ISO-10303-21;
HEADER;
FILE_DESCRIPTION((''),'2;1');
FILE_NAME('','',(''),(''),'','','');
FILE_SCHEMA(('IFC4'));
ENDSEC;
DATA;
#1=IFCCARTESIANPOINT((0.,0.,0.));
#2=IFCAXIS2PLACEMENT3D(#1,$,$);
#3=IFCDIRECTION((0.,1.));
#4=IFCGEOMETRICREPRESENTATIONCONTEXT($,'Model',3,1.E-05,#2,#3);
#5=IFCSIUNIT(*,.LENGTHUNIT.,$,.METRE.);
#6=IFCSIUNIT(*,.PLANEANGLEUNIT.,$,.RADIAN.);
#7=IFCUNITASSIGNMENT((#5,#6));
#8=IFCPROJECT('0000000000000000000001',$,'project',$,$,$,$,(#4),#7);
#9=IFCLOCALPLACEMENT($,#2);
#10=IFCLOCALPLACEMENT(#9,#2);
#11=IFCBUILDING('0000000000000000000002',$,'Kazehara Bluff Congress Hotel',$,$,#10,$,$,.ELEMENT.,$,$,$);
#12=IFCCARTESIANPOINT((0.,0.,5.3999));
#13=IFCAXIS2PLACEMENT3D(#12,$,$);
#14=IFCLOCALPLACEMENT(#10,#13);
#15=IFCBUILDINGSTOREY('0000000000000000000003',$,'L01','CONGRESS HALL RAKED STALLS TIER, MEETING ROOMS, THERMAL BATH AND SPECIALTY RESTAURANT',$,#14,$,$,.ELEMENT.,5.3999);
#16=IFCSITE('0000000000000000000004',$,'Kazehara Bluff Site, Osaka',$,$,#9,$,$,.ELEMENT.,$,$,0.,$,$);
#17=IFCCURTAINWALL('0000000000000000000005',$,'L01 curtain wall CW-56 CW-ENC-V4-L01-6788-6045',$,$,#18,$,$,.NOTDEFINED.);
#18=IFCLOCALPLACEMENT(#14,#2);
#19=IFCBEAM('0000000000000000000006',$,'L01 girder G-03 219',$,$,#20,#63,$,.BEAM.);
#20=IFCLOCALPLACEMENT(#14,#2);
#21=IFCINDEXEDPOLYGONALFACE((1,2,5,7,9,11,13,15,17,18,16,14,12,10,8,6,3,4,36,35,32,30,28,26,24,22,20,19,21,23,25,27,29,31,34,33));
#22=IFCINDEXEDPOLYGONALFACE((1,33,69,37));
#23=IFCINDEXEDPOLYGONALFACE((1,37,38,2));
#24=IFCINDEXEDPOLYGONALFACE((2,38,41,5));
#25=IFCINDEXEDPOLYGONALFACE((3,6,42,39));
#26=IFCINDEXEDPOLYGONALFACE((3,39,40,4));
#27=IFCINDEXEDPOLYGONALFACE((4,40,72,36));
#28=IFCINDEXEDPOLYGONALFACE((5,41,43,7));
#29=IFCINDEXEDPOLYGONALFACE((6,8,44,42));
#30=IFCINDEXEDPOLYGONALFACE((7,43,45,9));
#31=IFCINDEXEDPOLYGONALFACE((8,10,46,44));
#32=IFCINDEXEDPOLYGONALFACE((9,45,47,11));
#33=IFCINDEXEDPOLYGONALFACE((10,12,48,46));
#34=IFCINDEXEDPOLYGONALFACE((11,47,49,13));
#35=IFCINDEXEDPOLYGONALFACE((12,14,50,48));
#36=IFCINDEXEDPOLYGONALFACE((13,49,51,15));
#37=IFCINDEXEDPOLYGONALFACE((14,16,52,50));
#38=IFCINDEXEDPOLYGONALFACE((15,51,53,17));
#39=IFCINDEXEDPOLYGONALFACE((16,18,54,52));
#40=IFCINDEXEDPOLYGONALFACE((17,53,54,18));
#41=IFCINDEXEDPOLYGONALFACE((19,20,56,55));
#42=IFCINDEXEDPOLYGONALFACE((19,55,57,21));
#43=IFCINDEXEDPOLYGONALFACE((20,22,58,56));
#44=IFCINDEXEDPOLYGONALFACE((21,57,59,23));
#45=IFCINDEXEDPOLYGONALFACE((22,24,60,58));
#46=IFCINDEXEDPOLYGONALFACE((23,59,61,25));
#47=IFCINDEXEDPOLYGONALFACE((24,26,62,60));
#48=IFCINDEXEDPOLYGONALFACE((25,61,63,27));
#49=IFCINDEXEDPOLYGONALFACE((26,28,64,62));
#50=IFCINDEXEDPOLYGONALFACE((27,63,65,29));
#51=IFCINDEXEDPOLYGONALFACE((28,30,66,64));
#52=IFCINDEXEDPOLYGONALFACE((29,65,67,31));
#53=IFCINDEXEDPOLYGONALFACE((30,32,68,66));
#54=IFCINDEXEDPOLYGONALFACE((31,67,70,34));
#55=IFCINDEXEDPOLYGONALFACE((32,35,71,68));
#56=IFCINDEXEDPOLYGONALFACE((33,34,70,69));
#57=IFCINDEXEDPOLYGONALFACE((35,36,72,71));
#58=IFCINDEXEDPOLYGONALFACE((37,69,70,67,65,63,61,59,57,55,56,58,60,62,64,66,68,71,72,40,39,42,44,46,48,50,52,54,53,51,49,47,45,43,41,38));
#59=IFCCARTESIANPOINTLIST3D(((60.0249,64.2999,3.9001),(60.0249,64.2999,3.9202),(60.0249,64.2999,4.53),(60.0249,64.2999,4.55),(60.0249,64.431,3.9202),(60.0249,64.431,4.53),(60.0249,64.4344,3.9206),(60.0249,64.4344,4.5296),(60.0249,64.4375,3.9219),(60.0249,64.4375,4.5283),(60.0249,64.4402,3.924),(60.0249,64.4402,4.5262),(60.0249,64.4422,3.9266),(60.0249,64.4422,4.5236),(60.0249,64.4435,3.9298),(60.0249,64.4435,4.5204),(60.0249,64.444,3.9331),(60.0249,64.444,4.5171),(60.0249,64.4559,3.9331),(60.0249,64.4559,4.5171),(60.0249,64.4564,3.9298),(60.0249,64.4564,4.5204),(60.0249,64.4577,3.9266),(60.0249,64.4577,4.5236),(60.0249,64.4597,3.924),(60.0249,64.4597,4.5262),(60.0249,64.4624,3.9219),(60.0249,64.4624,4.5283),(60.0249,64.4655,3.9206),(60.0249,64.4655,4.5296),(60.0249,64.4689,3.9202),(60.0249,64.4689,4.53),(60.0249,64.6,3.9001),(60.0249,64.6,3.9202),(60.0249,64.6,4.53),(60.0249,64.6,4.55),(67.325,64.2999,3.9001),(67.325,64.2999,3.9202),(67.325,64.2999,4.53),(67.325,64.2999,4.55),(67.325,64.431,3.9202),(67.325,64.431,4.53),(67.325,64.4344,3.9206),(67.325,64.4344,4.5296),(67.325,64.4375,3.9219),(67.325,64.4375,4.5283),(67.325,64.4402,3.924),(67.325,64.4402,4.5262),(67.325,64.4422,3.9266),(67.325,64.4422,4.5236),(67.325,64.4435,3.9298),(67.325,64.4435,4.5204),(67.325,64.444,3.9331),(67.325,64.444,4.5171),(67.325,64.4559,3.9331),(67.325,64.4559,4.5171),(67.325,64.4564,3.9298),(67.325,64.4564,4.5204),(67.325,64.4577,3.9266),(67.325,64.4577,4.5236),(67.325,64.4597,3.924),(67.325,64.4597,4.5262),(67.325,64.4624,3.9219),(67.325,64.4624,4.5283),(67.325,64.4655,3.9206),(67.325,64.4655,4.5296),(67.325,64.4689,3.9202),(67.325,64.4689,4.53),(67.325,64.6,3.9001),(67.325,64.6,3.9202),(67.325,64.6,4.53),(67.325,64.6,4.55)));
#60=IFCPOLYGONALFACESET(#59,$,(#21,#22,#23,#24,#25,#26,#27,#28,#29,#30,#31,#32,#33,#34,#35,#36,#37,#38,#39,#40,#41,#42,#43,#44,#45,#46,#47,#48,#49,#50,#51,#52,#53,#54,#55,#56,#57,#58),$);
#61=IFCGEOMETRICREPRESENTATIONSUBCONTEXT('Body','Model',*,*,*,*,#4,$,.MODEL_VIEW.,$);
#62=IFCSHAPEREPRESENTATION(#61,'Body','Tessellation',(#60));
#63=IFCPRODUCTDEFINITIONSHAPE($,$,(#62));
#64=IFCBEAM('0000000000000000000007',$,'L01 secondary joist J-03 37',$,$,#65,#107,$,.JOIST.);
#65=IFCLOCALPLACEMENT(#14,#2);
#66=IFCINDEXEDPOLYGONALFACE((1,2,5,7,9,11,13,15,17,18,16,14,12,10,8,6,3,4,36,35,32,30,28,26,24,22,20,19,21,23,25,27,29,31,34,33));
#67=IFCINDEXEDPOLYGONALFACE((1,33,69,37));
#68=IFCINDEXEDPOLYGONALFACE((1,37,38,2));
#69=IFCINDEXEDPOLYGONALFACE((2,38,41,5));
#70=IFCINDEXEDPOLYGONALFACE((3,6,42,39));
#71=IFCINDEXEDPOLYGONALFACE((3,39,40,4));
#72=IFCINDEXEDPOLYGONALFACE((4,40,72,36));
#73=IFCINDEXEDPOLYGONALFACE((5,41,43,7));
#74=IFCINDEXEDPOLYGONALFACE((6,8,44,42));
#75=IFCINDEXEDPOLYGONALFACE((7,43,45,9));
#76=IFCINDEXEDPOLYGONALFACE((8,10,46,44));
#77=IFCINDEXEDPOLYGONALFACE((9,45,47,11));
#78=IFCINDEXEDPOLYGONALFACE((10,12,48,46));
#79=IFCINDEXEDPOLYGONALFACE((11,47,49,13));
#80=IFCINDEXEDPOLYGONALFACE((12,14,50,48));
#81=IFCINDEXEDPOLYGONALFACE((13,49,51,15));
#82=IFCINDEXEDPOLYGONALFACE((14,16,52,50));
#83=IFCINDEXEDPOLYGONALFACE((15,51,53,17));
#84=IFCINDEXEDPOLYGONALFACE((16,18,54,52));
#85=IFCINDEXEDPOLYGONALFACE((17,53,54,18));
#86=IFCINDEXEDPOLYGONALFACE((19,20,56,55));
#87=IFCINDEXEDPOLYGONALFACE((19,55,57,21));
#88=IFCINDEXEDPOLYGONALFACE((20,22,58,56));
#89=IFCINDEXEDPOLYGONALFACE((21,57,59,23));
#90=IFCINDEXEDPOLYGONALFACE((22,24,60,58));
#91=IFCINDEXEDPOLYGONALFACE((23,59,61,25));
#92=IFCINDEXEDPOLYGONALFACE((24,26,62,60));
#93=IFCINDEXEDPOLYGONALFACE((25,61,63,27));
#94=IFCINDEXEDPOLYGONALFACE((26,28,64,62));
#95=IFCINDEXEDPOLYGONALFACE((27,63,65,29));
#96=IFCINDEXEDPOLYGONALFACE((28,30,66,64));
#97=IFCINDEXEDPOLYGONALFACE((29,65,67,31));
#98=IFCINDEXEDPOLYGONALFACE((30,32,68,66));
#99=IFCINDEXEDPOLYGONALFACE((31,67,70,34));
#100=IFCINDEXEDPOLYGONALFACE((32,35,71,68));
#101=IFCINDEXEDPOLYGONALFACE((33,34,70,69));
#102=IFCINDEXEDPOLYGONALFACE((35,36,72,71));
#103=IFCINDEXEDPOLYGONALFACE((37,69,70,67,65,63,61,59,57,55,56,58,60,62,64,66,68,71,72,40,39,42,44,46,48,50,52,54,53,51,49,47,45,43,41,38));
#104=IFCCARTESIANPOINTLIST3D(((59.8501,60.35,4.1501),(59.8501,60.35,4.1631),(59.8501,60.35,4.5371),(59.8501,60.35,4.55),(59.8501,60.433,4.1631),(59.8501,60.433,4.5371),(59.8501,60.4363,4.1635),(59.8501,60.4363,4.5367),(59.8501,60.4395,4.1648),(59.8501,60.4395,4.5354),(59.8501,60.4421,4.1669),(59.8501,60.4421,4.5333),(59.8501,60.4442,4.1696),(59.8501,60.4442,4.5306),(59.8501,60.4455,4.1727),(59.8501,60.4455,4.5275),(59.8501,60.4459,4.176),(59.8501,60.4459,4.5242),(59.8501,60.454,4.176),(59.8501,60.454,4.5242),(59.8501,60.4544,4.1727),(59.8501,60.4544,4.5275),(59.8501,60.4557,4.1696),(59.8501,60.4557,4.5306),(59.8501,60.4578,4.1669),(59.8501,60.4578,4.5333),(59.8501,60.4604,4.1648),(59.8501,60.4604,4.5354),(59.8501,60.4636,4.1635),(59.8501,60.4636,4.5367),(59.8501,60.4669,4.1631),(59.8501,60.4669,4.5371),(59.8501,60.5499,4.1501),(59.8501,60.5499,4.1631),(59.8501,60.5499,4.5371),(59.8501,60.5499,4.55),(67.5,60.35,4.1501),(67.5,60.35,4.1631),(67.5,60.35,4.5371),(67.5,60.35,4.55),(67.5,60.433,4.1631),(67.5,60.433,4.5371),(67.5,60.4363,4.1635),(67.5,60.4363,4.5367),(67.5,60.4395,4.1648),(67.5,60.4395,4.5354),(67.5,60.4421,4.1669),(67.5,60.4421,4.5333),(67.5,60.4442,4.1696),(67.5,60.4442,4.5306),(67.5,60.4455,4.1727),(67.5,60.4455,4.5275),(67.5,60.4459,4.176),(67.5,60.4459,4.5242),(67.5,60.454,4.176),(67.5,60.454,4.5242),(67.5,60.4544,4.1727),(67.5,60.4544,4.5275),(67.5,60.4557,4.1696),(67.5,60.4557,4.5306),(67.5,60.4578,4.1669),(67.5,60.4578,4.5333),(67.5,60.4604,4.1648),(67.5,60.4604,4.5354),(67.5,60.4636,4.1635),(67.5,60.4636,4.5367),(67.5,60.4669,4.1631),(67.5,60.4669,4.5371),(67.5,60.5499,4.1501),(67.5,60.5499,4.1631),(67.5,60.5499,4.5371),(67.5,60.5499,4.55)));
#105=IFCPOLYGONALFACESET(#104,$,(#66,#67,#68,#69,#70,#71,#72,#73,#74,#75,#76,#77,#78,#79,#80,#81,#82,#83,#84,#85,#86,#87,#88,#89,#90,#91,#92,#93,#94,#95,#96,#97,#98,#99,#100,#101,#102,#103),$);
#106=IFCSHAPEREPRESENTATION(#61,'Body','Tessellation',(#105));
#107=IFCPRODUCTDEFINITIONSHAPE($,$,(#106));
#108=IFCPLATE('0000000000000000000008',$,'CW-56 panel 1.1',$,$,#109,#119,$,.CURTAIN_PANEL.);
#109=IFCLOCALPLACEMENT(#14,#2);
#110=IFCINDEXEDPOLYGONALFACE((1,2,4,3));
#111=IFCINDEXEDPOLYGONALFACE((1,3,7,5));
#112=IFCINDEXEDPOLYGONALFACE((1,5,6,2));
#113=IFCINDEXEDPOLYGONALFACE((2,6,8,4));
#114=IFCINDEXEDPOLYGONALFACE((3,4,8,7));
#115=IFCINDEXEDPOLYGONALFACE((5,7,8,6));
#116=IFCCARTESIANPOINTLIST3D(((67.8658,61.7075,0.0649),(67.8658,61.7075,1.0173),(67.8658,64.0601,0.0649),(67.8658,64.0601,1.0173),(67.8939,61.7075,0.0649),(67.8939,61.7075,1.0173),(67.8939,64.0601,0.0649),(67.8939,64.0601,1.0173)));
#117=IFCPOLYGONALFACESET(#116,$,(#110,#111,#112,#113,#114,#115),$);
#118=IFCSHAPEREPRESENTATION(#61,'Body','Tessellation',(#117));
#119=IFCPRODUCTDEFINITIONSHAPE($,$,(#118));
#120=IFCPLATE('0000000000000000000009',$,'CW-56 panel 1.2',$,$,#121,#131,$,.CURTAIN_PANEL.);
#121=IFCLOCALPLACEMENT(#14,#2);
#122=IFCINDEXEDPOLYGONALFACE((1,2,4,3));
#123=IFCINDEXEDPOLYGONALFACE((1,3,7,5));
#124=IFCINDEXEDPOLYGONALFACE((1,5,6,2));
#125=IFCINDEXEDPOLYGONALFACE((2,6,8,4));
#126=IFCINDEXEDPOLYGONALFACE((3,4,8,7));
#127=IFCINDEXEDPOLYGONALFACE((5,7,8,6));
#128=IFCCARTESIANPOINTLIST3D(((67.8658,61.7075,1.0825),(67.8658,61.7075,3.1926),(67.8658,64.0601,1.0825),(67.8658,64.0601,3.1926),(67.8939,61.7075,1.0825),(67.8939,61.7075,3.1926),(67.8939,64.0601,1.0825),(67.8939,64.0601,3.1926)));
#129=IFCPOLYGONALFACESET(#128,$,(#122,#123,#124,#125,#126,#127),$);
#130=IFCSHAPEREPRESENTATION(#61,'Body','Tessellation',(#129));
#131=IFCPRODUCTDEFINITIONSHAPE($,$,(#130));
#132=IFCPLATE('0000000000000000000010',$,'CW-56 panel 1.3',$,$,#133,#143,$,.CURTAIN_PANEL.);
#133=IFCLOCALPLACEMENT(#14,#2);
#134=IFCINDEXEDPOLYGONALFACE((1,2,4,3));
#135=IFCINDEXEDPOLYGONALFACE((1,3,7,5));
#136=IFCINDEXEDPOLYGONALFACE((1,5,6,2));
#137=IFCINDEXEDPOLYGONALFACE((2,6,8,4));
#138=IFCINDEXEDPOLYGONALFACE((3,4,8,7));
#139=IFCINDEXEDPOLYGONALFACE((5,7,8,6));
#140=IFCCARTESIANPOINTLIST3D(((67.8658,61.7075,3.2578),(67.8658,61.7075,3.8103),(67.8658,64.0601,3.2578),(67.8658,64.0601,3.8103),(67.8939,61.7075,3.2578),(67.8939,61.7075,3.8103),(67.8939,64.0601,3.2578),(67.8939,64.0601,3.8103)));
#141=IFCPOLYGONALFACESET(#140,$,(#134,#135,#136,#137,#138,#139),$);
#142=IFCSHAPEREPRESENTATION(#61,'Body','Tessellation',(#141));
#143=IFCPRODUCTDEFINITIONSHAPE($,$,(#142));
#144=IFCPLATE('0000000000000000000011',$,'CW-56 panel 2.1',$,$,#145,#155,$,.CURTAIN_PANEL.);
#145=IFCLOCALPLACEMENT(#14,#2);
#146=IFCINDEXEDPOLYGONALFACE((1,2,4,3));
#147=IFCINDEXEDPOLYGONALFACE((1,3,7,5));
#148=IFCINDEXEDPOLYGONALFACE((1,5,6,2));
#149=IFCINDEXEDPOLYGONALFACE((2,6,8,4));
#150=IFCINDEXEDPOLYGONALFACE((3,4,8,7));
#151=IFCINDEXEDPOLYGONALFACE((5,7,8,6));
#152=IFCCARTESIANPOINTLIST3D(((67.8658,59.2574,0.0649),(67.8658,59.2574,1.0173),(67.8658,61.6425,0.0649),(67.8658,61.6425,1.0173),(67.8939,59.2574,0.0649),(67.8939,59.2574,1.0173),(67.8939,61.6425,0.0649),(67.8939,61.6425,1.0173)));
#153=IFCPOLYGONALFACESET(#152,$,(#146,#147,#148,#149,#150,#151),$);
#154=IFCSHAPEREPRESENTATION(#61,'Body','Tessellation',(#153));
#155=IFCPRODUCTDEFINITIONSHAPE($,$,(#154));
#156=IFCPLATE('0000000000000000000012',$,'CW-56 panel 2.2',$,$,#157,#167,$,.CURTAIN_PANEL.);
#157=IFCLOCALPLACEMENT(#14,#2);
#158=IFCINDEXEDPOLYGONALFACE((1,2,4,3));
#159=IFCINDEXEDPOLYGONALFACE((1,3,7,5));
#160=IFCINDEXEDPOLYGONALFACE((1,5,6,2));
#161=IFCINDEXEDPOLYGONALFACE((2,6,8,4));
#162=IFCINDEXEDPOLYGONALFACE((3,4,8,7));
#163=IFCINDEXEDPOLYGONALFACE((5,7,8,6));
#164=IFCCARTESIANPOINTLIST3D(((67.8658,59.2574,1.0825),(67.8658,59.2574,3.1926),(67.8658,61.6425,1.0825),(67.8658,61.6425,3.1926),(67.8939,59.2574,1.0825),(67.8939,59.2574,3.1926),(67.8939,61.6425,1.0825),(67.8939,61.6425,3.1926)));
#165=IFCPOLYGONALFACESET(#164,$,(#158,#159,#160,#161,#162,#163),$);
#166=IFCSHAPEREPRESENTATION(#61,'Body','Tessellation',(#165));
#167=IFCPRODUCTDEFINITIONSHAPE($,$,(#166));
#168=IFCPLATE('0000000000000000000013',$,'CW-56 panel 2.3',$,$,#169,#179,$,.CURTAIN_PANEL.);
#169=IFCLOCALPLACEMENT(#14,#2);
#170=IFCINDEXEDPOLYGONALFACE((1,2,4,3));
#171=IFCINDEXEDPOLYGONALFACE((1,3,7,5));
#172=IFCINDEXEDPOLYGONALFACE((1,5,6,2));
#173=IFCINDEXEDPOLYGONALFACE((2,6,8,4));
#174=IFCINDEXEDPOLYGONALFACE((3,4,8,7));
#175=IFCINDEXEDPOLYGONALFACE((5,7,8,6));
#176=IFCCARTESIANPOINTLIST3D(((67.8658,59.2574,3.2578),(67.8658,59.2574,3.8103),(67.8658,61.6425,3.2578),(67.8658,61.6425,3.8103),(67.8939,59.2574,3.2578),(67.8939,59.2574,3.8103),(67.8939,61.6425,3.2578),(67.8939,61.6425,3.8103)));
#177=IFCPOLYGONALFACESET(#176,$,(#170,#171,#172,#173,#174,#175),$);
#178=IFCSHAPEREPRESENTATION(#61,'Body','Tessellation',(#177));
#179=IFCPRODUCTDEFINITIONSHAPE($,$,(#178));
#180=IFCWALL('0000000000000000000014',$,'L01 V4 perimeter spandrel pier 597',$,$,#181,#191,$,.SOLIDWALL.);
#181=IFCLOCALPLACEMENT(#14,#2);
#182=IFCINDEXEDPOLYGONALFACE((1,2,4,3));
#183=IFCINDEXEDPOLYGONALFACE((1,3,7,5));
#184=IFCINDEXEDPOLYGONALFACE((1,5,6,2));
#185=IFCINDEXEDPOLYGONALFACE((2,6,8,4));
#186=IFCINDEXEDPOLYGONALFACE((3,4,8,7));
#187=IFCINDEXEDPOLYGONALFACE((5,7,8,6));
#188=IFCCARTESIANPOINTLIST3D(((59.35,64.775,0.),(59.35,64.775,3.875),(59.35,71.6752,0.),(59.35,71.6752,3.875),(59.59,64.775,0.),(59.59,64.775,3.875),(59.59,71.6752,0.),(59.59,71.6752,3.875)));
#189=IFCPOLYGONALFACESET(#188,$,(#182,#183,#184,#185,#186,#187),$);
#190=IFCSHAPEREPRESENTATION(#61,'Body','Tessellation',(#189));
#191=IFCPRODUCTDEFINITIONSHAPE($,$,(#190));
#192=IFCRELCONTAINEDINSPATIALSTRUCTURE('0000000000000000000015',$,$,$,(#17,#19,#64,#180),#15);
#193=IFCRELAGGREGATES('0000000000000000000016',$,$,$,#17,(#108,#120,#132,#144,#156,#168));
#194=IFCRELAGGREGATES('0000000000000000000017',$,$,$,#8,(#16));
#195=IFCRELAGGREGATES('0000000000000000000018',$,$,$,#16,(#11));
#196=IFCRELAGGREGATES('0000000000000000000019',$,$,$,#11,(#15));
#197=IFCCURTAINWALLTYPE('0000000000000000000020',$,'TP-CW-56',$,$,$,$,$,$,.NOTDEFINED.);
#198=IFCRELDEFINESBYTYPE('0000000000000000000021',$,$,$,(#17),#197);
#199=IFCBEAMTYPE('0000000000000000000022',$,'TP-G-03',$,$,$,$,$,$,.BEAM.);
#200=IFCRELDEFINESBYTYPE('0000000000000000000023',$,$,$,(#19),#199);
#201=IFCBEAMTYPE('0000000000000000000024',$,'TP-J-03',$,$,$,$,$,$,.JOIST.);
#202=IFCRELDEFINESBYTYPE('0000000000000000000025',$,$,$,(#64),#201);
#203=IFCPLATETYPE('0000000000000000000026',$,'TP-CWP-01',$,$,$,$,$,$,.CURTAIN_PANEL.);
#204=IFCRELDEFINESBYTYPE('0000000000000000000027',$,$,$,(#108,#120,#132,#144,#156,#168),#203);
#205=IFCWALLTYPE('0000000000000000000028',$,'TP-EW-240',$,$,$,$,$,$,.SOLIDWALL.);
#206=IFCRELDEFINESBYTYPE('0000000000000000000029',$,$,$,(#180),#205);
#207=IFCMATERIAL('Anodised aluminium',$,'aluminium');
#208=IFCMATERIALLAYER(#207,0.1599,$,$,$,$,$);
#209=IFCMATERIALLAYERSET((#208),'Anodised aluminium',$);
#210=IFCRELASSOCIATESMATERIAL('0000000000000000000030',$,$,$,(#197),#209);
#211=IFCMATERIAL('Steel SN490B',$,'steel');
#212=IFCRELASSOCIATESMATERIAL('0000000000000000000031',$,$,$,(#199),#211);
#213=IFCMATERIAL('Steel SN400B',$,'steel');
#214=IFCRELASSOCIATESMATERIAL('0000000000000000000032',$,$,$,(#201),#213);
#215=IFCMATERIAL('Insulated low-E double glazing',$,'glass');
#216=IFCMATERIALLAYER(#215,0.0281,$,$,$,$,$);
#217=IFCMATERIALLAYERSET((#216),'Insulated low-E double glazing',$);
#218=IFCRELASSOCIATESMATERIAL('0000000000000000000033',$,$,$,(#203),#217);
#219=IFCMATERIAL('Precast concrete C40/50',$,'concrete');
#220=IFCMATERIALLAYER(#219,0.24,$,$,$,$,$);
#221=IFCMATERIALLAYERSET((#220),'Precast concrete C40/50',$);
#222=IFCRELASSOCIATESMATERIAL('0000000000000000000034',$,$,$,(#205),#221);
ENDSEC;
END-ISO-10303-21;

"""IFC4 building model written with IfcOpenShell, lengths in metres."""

from ifc_helpers import new_model, si_unit, direction, frame, frame_2d, origin, origin_2d, place, context, subcontext, project, spatial, rectangle, i_section, extrude, material, layer, layer_set, material_profile, profile_set, type_object, element, aggregate, save


model = new_model("IFC4")

# Units and contexts
model_context = context("Model", 3, precision=1e-05, world=origin(), true_north=direction((0.0, 1.0)))
body_context = subcontext(model_context, "Body", "Model", "MODEL_VIEW")
ifc_project = project(units=[si_unit("LENGTHUNIT", "METRE"), si_unit("PLANEANGLEUNIT", "RADIAN")], contexts=[model_context])

# Site, building, storey
site_placement = place(None, origin())
site = spatial("IfcSite", under=ifc_project, at=site_placement, Name="Kazehara Bluff Site, Osaka", CompositionType="ELEMENT", RefElevation=0.0)
building_placement = place(site_placement, origin())
building = spatial("IfcBuilding", under=site, at=building_placement, Name="Kazehara Bluff Congress Hotel", CompositionType="ELEMENT")
storey_placement = place(building_placement, frame((0.0, 0.0, 5.3999)))
storey = spatial("IfcBuildingStorey", under=building, at=storey_placement, Name="L01", Description="CONGRESS HALL RAKED STALLS TIER, MEETING ROOMS, THERMAL BATH AND SPECIALTY RESTAURANT", CompositionType="ELEMENT", Elevation=5.3999)

# Curtain wall
ifc_material_1 = material(Name="Anodised aluminium", Category="aluminium")
ifc_layer_1 = layer(ifc_material_1, 0.1599)
ifc_layer_set_1 = layer_set([ifc_layer_1], Name="Anodised aluminium")
curtain_wall_type_1 = type_object("IfcCurtainWallType", Name="TP-CW-56", PredefinedType="NOTDEFINED", material=ifc_layer_set_1)
curtain_wall_1_placement = place(storey_placement, origin())
curtain_wall_1 = element("IfcCurtainWall", 1, at=curtain_wall_1_placement, inside=storey, type_object=curtain_wall_type_1, Name="L01 curtain wall CW-56 CW-ENC-V4-L01-6788-6045", PredefinedType="NOTDEFINED")

# Beams
ifc_material_2 = material(Name="Steel SN490B", Category="steel")
ifc_material_profile_1 = material_profile(ifc_material_2, i_section(OverallWidth=0.3, OverallDepth=0.6499, WebThickness=0.012, FlangeThickness=0.02, FilletRadius=0.0129, at=origin_2d()))
ifc_profile_set_1 = profile_set([ifc_material_profile_1], Name="Steel SN490B")
beam_type_1 = type_object("IfcBeamType", Name="TP-G-03", PredefinedType="BEAM", material=ifc_profile_set_1)
beam_1_placement = place(storey_placement, frame((60.0249, 64.45, 4.2251), z_axis=(1.0, 0.0, 0.0), x_axis=(0.0, 1.0, 0.0)))
element("IfcBeam", 2, at=beam_1_placement, inside=storey, type_object=beam_type_1, Name="L01 girder G-03 219", PredefinedType="BEAM", context=body_context, shape_type="SweptSolid", body=[
    extrude(i_section(OverallWidth=0.3, OverallDepth=0.6499, WebThickness=0.012, FlangeThickness=0.02, FilletRadius=0.0129, at=origin_2d()), origin(), (0.0, 0.0, 1.0), 7.3),
])
ifc_material_3 = material(Name="Steel SN400B", Category="steel")
ifc_material_profile_2 = material_profile(ifc_material_3, i_section(OverallWidth=0.2, OverallDepth=0.3999, WebThickness=0.0081, FlangeThickness=0.0129, FilletRadius=0.0129, at=origin_2d()))
ifc_profile_set_2 = profile_set([ifc_material_profile_2], Name="Steel SN400B")
beam_type_2 = type_object("IfcBeamType", Name="TP-J-03", PredefinedType="JOIST", material=ifc_profile_set_2)
beam_2_placement = place(storey_placement, frame((59.8501, 60.45, 4.3501), z_axis=(1.0, 0.0, 0.0), x_axis=(0.0, 1.0, 0.0)))
element("IfcBeam", 3, at=beam_2_placement, inside=storey, type_object=beam_type_2, Name="L01 secondary joist J-03 37", PredefinedType="JOIST", context=body_context, shape_type="SweptSolid", body=[
    extrude(i_section(OverallWidth=0.2, OverallDepth=0.3999, WebThickness=0.0081, FlangeThickness=0.0129, FilletRadius=0.0129, at=origin_2d()), origin(), (0.0, 0.0, 1.0), 7.6499),
])

# Plates
ifc_material_4 = material(Name="Insulated low-E double glazing", Category="glass")
ifc_layer_2 = layer(ifc_material_4, 0.0281)
ifc_layer_set_2 = layer_set([ifc_layer_2], Name="Insulated low-E double glazing")
plate_type = type_object("IfcPlateType", Name="TP-CWP-01", PredefinedType="CURTAIN_PANEL", material=ifc_layer_set_2)
plate_1_placement = place(storey_placement, frame((67.8799, 62.8838, 0.0649), z_axis=(0.0, 0.0, 1.0), x_axis=(0.0, -1.0, 0.0)))
plate_1 = element("IfcPlate", 4, at=plate_1_placement, type_object=plate_type, Name="CW-56 panel 1.1", PredefinedType="CURTAIN_PANEL", context=body_context, shape_type="SweptSolid", body=[
    extrude(rectangle(XDim=2.3525, YDim=0.0281, at=origin_2d()), origin(), (0.0, 0.0, 1.0), 0.9524),
])
plate_2_placement = place(storey_placement, frame((67.8799, 62.8838, 1.0825), z_axis=(0.0, 0.0, 1.0), x_axis=(0.0, -1.0, 0.0)))
plate_2 = element("IfcPlate", 5, at=plate_2_placement, type_object=plate_type, Name="CW-56 panel 1.2", PredefinedType="CURTAIN_PANEL", context=body_context, shape_type="SweptSolid", body=[
    extrude(rectangle(XDim=2.3525, YDim=0.0281, at=origin_2d()), origin(), (0.0, 0.0, 1.0), 2.1101),
])
plate_3_placement = place(storey_placement, frame((67.8799, 62.8838, 3.2578), z_axis=(0.0, 0.0, 1.0), x_axis=(0.0, -1.0, 0.0)))
plate_3 = element("IfcPlate", 6, at=plate_3_placement, type_object=plate_type, Name="CW-56 panel 1.3", PredefinedType="CURTAIN_PANEL", context=body_context, shape_type="SweptSolid", body=[
    extrude(rectangle(XDim=2.3525, YDim=0.0281, at=origin_2d()), origin(), (0.0, 0.0, 1.0), 0.5525),
])
plate_4_placement = place(storey_placement, frame((67.8799, 60.45, 0.0649), z_axis=(0.0, 0.0, 1.0), x_axis=(0.0, -1.0, 0.0)))
plate_4 = element("IfcPlate", 7, at=plate_4_placement, type_object=plate_type, Name="CW-56 panel 2.1", PredefinedType="CURTAIN_PANEL", context=body_context, shape_type="SweptSolid", body=[
    extrude(rectangle(XDim=2.385, YDim=0.0281, at=origin_2d()), origin(), (0.0, 0.0, 1.0), 0.9524),
])
plate_5_placement = place(storey_placement, frame((67.8799, 60.45, 1.0825), z_axis=(0.0, 0.0, 1.0), x_axis=(0.0, -1.0, 0.0)))
plate_5 = element("IfcPlate", 8, at=plate_5_placement, type_object=plate_type, Name="CW-56 panel 2.2", PredefinedType="CURTAIN_PANEL", context=body_context, shape_type="SweptSolid", body=[
    extrude(rectangle(XDim=2.385, YDim=0.0281, at=origin_2d()), origin(), (0.0, 0.0, 1.0), 2.1101),
])
plate_6_placement = place(storey_placement, frame((67.8799, 60.45, 3.2578), z_axis=(0.0, 0.0, 1.0), x_axis=(0.0, -1.0, 0.0)))
plate_6 = element("IfcPlate", 9, at=plate_6_placement, type_object=plate_type, Name="CW-56 panel 2.3", PredefinedType="CURTAIN_PANEL", context=body_context, shape_type="SweptSolid", body=[
    extrude(rectangle(XDim=2.385, YDim=0.0281, at=origin_2d()), origin(), (0.0, 0.0, 1.0), 0.5525),
])
aggregate(curtain_wall_1, [plate_1, plate_2, plate_3, plate_4, plate_5, plate_6])

# Wall
ifc_material_5 = material(Name="Precast concrete C40/50", Category="concrete")
ifc_layer_3 = layer(ifc_material_5, 0.24)
ifc_layer_set_3 = layer_set([ifc_layer_3], Name="Precast concrete C40/50")
wall_type = type_object("IfcWallType", Name="TP-EW-240", PredefinedType="SOLIDWALL", material=ifc_layer_set_3)
wall_placement = place(storey_placement, frame((59.47, 64.7749, 0.0), z_axis=(0.0, 0.0, 1.0), x_axis=(0.0, 1.0, 0.0)))
element("IfcWall", 10, at=wall_placement, inside=storey, type_object=wall_type, Name="L01 V4 perimeter spandrel pier 597", PredefinedType="SOLIDWALL", context=body_context, shape_type="SweptSolid", body=[
    extrude(rectangle(XDim=6.9001, YDim=0.24, at=frame_2d((3.4502, 0.0))), origin(), (0.0, 0.0, 1.0), 3.875),
])

save(model, "model.ifc")
